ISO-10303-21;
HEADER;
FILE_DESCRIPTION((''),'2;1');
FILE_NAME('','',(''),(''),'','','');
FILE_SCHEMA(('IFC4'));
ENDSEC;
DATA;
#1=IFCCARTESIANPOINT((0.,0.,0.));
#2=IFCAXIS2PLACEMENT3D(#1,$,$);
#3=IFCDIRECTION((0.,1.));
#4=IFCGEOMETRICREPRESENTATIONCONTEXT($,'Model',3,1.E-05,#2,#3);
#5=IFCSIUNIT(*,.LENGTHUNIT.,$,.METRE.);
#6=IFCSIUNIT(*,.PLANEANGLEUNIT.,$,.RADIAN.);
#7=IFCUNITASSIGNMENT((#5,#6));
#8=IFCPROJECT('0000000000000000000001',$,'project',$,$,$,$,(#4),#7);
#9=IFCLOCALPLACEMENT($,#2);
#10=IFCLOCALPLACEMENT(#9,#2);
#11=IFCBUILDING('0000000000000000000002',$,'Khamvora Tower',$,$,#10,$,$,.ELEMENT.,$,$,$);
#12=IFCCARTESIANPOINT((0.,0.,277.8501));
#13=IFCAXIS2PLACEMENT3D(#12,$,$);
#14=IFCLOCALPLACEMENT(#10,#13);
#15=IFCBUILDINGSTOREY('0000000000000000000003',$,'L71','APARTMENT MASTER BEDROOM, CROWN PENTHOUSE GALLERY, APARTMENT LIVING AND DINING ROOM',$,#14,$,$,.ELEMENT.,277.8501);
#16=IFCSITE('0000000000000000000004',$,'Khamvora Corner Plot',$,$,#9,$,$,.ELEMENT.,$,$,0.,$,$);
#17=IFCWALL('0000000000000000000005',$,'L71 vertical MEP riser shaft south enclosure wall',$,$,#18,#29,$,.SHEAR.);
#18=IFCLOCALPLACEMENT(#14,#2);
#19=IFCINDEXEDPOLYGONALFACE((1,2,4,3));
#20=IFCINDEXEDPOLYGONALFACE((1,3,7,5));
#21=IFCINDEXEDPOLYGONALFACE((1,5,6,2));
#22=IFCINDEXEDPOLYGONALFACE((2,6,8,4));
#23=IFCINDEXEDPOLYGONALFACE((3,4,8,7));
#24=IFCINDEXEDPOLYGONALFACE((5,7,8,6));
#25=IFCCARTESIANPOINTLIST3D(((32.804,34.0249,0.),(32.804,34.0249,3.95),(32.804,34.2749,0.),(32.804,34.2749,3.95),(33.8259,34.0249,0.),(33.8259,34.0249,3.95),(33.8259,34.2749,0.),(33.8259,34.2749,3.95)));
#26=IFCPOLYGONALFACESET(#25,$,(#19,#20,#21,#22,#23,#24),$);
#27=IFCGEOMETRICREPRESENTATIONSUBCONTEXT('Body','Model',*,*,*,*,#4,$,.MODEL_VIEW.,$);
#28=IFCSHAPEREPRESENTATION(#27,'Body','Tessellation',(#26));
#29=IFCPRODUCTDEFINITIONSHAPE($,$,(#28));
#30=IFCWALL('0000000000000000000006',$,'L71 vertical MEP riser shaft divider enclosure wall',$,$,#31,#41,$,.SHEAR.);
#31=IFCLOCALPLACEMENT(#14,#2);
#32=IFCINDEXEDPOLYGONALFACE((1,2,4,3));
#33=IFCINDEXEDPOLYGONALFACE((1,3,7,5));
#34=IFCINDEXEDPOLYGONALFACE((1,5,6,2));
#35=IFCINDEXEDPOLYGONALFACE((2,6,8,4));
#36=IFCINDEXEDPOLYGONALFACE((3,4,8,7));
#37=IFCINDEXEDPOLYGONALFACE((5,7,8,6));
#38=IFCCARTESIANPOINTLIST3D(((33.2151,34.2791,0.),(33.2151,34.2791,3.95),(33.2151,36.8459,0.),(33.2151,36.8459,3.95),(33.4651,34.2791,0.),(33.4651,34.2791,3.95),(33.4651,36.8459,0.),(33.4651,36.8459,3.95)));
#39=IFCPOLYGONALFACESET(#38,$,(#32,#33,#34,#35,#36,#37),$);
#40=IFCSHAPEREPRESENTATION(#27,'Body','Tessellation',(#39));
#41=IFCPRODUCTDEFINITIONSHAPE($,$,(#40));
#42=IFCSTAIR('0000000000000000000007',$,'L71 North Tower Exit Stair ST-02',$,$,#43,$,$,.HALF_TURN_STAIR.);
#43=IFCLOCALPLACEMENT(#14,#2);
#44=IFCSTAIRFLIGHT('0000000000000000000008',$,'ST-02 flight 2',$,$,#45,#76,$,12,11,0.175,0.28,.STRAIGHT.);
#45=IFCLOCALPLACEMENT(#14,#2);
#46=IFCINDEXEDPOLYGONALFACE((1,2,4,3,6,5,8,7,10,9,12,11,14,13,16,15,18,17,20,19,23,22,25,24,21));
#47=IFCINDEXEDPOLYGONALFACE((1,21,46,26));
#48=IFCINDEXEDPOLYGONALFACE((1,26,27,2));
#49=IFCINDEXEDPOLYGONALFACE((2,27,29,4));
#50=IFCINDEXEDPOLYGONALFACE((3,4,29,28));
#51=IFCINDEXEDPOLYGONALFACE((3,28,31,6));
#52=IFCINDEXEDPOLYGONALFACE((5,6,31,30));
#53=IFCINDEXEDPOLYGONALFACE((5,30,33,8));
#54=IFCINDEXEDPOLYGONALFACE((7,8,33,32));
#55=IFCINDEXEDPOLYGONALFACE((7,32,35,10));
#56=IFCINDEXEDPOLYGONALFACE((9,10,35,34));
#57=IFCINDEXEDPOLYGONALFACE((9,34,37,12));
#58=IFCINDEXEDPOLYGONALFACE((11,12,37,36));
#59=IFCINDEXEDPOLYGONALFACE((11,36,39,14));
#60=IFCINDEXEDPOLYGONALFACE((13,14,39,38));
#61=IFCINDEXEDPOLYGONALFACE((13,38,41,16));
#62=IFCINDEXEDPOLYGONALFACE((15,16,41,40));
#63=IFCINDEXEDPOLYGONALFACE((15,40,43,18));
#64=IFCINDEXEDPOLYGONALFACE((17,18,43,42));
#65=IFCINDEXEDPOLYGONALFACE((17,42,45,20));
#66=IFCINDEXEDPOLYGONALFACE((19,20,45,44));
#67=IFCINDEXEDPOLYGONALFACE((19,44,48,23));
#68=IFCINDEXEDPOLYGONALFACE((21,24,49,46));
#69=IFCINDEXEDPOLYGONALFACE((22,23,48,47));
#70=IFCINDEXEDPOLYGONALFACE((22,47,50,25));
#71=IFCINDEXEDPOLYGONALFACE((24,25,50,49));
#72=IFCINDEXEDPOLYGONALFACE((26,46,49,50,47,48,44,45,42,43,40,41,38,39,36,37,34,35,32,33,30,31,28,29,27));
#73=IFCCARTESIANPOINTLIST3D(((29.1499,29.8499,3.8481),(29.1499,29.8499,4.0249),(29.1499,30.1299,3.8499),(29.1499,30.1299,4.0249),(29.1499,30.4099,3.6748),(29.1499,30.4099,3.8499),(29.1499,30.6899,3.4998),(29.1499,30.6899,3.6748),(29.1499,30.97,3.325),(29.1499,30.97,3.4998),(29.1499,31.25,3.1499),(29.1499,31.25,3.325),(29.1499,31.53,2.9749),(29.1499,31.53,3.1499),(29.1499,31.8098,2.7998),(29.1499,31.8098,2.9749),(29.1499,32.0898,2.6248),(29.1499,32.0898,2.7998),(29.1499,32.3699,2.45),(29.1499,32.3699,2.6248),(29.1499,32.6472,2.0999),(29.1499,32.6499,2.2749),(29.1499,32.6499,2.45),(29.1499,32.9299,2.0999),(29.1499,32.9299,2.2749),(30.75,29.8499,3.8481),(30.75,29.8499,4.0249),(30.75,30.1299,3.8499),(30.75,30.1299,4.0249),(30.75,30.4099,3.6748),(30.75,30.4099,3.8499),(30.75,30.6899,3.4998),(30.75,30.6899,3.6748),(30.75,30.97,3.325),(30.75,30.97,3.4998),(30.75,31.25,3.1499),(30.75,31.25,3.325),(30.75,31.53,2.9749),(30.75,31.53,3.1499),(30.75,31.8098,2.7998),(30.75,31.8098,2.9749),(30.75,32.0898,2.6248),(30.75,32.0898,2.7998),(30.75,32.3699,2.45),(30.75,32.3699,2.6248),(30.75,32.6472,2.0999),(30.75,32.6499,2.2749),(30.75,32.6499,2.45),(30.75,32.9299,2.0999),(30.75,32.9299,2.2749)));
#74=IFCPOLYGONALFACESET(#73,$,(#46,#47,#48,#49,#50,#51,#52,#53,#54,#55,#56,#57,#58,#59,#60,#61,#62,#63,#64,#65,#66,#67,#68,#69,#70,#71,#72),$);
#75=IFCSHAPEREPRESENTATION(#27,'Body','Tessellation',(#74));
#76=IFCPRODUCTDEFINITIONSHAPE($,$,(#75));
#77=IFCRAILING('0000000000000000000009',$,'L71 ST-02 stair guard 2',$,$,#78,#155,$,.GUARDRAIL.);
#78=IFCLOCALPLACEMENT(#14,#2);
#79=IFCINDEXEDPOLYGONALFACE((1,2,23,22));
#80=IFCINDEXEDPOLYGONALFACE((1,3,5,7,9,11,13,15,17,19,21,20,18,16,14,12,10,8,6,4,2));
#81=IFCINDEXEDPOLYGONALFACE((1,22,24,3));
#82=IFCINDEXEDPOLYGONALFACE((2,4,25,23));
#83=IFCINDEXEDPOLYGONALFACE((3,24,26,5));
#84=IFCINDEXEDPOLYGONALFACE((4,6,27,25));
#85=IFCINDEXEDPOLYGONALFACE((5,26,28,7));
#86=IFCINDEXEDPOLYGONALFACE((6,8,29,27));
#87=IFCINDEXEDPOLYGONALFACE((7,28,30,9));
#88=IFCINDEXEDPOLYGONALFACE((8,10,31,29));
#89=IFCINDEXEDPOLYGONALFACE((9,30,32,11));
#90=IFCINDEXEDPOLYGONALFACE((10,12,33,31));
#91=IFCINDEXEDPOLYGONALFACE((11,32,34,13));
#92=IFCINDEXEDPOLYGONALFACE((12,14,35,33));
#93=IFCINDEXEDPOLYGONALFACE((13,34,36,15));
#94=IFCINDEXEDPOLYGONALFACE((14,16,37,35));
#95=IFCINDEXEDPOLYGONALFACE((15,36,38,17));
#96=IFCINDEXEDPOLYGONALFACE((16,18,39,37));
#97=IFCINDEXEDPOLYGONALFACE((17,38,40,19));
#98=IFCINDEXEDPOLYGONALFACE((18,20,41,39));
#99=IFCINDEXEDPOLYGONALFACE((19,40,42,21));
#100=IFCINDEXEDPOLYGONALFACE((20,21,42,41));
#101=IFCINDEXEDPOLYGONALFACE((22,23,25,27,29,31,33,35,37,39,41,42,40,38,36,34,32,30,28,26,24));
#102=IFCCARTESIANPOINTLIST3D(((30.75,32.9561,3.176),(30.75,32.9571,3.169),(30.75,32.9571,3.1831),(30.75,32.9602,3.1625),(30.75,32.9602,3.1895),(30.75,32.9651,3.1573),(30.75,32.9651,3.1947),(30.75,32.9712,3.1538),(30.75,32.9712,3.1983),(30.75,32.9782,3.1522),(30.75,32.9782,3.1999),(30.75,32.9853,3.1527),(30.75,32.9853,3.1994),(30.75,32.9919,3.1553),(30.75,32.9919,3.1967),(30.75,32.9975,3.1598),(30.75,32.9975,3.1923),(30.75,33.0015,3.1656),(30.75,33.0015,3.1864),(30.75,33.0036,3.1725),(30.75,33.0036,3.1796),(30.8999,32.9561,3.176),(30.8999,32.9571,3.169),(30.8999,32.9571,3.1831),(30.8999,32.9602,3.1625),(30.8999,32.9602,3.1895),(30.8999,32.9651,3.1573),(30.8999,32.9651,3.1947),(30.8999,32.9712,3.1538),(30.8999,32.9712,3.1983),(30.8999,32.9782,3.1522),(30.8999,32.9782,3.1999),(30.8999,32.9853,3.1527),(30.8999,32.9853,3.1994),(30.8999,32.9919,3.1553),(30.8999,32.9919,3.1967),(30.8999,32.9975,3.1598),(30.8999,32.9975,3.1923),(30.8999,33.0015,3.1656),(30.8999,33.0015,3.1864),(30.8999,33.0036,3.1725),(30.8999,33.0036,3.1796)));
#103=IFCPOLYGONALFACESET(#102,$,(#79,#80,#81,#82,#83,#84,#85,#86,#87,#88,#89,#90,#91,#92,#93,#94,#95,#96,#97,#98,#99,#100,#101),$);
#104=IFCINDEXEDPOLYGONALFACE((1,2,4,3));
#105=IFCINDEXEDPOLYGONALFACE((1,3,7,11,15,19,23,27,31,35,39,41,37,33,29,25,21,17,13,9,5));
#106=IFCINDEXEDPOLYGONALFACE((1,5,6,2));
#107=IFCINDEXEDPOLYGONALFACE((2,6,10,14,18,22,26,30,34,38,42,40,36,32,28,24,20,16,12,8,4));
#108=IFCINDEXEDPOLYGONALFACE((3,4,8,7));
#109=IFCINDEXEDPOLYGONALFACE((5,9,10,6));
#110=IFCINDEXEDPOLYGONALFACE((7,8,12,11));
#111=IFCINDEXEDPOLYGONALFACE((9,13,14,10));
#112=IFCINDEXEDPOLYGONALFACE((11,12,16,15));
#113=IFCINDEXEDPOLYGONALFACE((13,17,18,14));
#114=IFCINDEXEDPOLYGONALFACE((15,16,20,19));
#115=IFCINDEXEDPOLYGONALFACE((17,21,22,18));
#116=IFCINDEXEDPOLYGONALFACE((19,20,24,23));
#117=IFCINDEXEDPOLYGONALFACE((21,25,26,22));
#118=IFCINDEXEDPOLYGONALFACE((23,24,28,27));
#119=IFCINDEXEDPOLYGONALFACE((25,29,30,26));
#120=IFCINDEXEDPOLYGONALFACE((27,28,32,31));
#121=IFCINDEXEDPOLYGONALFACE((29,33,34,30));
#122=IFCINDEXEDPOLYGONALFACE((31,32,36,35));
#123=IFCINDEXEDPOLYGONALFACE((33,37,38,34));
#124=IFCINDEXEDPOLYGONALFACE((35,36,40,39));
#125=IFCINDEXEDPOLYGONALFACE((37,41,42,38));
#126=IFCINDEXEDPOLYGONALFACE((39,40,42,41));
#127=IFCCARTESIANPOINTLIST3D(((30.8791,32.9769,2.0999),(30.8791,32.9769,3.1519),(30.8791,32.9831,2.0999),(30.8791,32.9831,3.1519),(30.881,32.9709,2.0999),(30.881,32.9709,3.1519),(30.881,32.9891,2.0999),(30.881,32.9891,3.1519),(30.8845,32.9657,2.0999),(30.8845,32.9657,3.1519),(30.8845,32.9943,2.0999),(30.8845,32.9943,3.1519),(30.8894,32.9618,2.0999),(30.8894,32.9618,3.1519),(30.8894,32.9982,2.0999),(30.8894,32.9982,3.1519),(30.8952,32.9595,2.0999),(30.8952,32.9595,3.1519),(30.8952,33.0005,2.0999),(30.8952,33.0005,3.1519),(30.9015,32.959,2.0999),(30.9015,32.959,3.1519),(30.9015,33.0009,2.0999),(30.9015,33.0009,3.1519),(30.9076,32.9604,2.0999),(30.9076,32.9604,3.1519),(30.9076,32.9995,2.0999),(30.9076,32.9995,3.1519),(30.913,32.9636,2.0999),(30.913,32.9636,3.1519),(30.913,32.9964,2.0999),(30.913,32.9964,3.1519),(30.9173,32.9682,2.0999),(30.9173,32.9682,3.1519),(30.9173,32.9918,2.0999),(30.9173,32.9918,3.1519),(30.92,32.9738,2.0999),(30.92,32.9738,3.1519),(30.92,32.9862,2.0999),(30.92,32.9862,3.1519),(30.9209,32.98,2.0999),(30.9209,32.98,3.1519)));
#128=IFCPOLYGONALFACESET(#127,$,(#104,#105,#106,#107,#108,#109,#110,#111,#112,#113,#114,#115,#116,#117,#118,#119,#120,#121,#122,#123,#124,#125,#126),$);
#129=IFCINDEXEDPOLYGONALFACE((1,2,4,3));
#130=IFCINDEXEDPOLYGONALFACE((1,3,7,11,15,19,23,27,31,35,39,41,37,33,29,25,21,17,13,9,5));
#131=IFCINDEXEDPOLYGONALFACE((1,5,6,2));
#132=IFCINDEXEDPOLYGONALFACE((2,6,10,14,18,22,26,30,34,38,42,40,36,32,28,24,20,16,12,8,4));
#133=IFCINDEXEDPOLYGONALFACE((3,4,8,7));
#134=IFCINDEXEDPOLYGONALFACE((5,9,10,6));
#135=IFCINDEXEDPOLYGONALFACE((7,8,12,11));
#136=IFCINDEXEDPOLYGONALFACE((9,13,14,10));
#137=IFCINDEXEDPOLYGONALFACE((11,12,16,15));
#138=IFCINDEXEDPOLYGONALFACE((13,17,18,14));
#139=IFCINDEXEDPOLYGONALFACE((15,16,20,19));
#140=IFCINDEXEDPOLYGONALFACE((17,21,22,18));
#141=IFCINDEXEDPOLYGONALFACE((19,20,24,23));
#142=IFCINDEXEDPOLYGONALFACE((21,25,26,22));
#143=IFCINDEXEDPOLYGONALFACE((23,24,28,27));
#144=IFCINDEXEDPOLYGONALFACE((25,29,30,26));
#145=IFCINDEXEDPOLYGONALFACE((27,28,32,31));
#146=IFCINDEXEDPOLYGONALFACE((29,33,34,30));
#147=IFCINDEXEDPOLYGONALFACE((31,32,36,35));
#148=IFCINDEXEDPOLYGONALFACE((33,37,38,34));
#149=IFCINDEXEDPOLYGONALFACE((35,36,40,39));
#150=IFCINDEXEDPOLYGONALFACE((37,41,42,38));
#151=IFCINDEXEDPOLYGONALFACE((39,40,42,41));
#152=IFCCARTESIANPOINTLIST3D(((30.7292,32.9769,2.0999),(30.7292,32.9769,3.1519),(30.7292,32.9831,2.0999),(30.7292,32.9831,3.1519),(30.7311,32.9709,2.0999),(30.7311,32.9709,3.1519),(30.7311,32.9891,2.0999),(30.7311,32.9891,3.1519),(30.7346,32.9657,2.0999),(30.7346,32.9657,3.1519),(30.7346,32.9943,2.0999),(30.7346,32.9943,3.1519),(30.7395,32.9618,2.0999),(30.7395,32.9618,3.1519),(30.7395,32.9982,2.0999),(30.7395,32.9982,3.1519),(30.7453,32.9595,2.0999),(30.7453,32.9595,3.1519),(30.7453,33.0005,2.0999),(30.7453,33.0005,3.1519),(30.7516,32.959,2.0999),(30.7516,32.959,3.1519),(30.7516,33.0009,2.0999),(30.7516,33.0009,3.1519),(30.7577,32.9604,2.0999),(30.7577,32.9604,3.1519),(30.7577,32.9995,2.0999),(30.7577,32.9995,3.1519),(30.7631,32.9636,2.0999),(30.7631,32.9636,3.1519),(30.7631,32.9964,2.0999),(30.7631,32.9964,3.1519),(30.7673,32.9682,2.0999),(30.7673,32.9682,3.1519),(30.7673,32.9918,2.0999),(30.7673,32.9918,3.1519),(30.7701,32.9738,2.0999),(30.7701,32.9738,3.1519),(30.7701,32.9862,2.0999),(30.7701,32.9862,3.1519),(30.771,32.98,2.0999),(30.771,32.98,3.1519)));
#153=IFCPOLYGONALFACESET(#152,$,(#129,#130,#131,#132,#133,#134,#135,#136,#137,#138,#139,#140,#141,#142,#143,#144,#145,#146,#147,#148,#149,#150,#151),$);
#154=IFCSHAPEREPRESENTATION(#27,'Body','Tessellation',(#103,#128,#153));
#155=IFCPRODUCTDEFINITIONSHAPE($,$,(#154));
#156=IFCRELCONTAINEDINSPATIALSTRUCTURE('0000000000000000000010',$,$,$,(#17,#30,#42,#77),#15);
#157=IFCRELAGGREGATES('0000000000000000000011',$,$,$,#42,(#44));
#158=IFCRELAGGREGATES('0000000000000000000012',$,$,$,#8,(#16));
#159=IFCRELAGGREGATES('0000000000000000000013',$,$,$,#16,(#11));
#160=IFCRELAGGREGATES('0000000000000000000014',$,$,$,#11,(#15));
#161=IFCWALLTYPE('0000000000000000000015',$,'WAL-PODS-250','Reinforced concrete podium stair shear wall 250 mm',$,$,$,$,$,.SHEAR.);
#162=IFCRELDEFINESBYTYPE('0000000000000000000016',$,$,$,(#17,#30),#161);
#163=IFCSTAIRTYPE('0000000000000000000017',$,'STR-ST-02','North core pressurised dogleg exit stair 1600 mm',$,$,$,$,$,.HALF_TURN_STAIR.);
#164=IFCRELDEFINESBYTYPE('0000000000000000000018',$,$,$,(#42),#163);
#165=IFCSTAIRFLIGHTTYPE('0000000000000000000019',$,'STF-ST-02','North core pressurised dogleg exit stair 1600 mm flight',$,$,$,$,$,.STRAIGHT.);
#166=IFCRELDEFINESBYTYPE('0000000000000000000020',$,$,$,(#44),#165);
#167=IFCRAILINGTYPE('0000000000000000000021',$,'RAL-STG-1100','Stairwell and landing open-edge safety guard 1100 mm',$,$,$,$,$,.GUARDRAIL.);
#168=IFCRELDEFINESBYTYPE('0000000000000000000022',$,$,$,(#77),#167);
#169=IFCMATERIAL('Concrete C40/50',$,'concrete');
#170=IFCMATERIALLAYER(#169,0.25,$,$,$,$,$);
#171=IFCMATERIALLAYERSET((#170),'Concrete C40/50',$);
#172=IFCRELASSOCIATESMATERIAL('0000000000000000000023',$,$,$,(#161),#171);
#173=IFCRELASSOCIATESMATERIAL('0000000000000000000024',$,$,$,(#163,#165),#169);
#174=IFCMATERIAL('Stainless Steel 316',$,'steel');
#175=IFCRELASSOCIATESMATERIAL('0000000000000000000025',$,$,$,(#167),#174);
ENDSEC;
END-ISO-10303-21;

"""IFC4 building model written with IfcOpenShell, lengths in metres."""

from ifc_helpers import new_model, si_unit, direction, frame, frame_2d, origin, origin_2d, place, context, subcontext, project, spatial, polyline, rectangle, circle, outline, extrude, material, layer, layer_set, type_object, element, aggregate, save


model = new_model("IFC4")

# Units and contexts
model_context = context("Model", 3, precision=1e-05, world=origin(), true_north=direction((0.0, 1.0)))
body_context = subcontext(model_context, "Body", "Model", "MODEL_VIEW")
ifc_project = project(units=[si_unit("LENGTHUNIT", "METRE"), si_unit("PLANEANGLEUNIT", "RADIAN")], contexts=[model_context])

# Site, building, storey
site_placement = place(None, origin())
site = spatial("IfcSite", under=ifc_project, at=site_placement, Name="Khamvora Corner Plot", CompositionType="ELEMENT", RefElevation=0.0)
building_placement = place(site_placement, origin())
building = spatial("IfcBuilding", under=site, at=building_placement, Name="Khamvora Tower", CompositionType="ELEMENT")
storey_placement = place(building_placement, frame((0.0, 0.0, 277.8501)))
storey = spatial("IfcBuildingStorey", under=building, at=storey_placement, Name="L71", Description="APARTMENT MASTER BEDROOM, CROWN PENTHOUSE GALLERY, APARTMENT LIVING AND DINING ROOM", CompositionType="ELEMENT", Elevation=277.8501)

# Walls
ifc_material_1 = material(Name="Concrete C40/50", Category="concrete")
ifc_layer_1 = layer(ifc_material_1, 0.25)
ifc_layer_set_1 = layer_set([ifc_layer_1], Name="Concrete C40/50")
wall_type_1 = type_object("IfcWallType", Name="WAL-PODS-250", Description="Reinforced concrete podium stair shear wall 250 mm", PredefinedType="SHEAR", material=ifc_layer_set_1)
wall_1_placement = place(storey_placement, frame((32.804, 34.1499, 0.0), z_axis=(0.0, 0.0, 1.0), x_axis=(1.0, 0.0, 0.0)))
element("IfcWall", 1, at=wall_1_placement, inside=storey, type_object=wall_type_1, Name="L71 vertical MEP riser shaft south enclosure wall", PredefinedType="SHEAR", context=body_context, shape_type="SweptSolid", body=[
    extrude(rectangle(XDim=1.022, YDim=0.25, at=frame_2d((0.511, 0.0))), origin(), (0.0, 0.0, 1.0), 3.95),
])
wall_2_placement = place(storey_placement, frame((33.3401, 34.2791, 0.0), z_axis=(0.0, 0.0, 1.0), x_axis=(0.0, 1.0, 0.0)))
element("IfcWall", 2, at=wall_2_placement, inside=storey, type_object=wall_type_1, Name="L71 vertical MEP riser shaft divider enclosure wall", PredefinedType="SHEAR", context=body_context, shape_type="SweptSolid", body=[
    extrude(rectangle(XDim=2.5669, YDim=0.25, at=frame_2d((1.2834, 0.0))), origin(), (0.0, 0.0, 1.0), 3.95),
])

# Stair, stair flight
stair_type = type_object("IfcStairType", Name="STR-ST-02", Description="North core pressurised dogleg exit stair 1600 mm", PredefinedType="HALF_TURN_STAIR", material=ifc_material_1)
stair_placement = place(storey_placement, origin())
stair = element("IfcStair", 3, at=stair_placement, inside=storey, type_object=stair_type, Name="L71 North Tower Exit Stair ST-02", PredefinedType="HALF_TURN_STAIR")
stair_flight_type = type_object("IfcStairFlightType", Name="STF-ST-02", Description="North core pressurised dogleg exit stair 1600 mm flight", PredefinedType="STRAIGHT", material=ifc_material_1)
stair_flight_placement = place(storey_placement, frame((29.95, 32.9299, 2.0999), z_axis=(0.0, 0.0, 1.0), x_axis=(0.0, -1.0, 0.0)))
stair_flight = element("IfcStairFlight", 4, at=stair_flight_placement, type_object=stair_flight_type, Name="ST-02 flight 2", NumberOfRisers=12, NumberOfTreads=11, PredefinedType="STRAIGHT", RiserHeight=0.175, TreadLength=0.28, context=body_context, shape_type="SweptSolid", body=[
    extrude(outline(polyline([(0.0, 0.0), (0.0, 0.175), (0.28, 0.175), (0.28, 0.3501), (0.5601, 0.3501), (0.5601, 0.5249), (0.8401, 0.5249), (0.8401, 0.7), (1.1201, 0.7), (1.1201, 0.875), (1.3999, 0.875), (1.3999, 1.05), (1.6799, 1.05), (1.6799, 1.2251), (1.96, 1.2251), (1.96, 1.3999), (2.24, 1.3999), (2.24, 1.575), (2.52, 1.575), (2.52, 1.75), (2.8, 1.75), (2.8, 1.925), (3.0801, 1.925), (3.0801, 2.1001), (3.0801, 1.7483), (0.2827, 0.0), (0.0, 0.0)])), frame((0.0, 0.8, 0.0), z_axis=(0.0, -1.0, 0.0), x_axis=(1.0, 0.0, 0.0)), (0.0, 0.0, 1.0), 1.6001),
])
aggregate(stair, [stair_flight])

# Railing
ifc_material_2 = material(Name="Stainless Steel 316", Category="steel")
railing_type = type_object("IfcRailingType", Name="RAL-STG-1100", Description="Stairwell and landing open-edge safety guard 1100 mm", PredefinedType="GUARDRAIL", material=ifc_material_2)
railing_1_placement = place(storey_placement, frame((30.8999, 32.98, 2.0999)))
element("IfcRailing", 5, at=railing_1_placement, inside=storey, type_object=railing_type, Name="L71 ST-02 stair guard 2", PredefinedType="GUARDRAIL", context=body_context, shape_type="SweptSolid", body=[
    extrude(circle(Radius=0.0239, at=origin_2d()), frame((0.0, 0.0, 1.0762), z_axis=(-1.0, 0.0, 0.0), x_axis=(0.0, -1.0, 0.0)), (0.0, 0.0, 1.0), 0.1499),
    extrude(circle(Radius=0.021, at=origin_2d()), origin(), (0.0, 0.0, 1.0), 1.052),
    extrude(circle(Radius=0.021, at=origin_2d()), frame((-0.1499, 0.0, 0.0)), (0.0, 0.0, 1.0), 1.052),
])

save(model, "model.ifc")
